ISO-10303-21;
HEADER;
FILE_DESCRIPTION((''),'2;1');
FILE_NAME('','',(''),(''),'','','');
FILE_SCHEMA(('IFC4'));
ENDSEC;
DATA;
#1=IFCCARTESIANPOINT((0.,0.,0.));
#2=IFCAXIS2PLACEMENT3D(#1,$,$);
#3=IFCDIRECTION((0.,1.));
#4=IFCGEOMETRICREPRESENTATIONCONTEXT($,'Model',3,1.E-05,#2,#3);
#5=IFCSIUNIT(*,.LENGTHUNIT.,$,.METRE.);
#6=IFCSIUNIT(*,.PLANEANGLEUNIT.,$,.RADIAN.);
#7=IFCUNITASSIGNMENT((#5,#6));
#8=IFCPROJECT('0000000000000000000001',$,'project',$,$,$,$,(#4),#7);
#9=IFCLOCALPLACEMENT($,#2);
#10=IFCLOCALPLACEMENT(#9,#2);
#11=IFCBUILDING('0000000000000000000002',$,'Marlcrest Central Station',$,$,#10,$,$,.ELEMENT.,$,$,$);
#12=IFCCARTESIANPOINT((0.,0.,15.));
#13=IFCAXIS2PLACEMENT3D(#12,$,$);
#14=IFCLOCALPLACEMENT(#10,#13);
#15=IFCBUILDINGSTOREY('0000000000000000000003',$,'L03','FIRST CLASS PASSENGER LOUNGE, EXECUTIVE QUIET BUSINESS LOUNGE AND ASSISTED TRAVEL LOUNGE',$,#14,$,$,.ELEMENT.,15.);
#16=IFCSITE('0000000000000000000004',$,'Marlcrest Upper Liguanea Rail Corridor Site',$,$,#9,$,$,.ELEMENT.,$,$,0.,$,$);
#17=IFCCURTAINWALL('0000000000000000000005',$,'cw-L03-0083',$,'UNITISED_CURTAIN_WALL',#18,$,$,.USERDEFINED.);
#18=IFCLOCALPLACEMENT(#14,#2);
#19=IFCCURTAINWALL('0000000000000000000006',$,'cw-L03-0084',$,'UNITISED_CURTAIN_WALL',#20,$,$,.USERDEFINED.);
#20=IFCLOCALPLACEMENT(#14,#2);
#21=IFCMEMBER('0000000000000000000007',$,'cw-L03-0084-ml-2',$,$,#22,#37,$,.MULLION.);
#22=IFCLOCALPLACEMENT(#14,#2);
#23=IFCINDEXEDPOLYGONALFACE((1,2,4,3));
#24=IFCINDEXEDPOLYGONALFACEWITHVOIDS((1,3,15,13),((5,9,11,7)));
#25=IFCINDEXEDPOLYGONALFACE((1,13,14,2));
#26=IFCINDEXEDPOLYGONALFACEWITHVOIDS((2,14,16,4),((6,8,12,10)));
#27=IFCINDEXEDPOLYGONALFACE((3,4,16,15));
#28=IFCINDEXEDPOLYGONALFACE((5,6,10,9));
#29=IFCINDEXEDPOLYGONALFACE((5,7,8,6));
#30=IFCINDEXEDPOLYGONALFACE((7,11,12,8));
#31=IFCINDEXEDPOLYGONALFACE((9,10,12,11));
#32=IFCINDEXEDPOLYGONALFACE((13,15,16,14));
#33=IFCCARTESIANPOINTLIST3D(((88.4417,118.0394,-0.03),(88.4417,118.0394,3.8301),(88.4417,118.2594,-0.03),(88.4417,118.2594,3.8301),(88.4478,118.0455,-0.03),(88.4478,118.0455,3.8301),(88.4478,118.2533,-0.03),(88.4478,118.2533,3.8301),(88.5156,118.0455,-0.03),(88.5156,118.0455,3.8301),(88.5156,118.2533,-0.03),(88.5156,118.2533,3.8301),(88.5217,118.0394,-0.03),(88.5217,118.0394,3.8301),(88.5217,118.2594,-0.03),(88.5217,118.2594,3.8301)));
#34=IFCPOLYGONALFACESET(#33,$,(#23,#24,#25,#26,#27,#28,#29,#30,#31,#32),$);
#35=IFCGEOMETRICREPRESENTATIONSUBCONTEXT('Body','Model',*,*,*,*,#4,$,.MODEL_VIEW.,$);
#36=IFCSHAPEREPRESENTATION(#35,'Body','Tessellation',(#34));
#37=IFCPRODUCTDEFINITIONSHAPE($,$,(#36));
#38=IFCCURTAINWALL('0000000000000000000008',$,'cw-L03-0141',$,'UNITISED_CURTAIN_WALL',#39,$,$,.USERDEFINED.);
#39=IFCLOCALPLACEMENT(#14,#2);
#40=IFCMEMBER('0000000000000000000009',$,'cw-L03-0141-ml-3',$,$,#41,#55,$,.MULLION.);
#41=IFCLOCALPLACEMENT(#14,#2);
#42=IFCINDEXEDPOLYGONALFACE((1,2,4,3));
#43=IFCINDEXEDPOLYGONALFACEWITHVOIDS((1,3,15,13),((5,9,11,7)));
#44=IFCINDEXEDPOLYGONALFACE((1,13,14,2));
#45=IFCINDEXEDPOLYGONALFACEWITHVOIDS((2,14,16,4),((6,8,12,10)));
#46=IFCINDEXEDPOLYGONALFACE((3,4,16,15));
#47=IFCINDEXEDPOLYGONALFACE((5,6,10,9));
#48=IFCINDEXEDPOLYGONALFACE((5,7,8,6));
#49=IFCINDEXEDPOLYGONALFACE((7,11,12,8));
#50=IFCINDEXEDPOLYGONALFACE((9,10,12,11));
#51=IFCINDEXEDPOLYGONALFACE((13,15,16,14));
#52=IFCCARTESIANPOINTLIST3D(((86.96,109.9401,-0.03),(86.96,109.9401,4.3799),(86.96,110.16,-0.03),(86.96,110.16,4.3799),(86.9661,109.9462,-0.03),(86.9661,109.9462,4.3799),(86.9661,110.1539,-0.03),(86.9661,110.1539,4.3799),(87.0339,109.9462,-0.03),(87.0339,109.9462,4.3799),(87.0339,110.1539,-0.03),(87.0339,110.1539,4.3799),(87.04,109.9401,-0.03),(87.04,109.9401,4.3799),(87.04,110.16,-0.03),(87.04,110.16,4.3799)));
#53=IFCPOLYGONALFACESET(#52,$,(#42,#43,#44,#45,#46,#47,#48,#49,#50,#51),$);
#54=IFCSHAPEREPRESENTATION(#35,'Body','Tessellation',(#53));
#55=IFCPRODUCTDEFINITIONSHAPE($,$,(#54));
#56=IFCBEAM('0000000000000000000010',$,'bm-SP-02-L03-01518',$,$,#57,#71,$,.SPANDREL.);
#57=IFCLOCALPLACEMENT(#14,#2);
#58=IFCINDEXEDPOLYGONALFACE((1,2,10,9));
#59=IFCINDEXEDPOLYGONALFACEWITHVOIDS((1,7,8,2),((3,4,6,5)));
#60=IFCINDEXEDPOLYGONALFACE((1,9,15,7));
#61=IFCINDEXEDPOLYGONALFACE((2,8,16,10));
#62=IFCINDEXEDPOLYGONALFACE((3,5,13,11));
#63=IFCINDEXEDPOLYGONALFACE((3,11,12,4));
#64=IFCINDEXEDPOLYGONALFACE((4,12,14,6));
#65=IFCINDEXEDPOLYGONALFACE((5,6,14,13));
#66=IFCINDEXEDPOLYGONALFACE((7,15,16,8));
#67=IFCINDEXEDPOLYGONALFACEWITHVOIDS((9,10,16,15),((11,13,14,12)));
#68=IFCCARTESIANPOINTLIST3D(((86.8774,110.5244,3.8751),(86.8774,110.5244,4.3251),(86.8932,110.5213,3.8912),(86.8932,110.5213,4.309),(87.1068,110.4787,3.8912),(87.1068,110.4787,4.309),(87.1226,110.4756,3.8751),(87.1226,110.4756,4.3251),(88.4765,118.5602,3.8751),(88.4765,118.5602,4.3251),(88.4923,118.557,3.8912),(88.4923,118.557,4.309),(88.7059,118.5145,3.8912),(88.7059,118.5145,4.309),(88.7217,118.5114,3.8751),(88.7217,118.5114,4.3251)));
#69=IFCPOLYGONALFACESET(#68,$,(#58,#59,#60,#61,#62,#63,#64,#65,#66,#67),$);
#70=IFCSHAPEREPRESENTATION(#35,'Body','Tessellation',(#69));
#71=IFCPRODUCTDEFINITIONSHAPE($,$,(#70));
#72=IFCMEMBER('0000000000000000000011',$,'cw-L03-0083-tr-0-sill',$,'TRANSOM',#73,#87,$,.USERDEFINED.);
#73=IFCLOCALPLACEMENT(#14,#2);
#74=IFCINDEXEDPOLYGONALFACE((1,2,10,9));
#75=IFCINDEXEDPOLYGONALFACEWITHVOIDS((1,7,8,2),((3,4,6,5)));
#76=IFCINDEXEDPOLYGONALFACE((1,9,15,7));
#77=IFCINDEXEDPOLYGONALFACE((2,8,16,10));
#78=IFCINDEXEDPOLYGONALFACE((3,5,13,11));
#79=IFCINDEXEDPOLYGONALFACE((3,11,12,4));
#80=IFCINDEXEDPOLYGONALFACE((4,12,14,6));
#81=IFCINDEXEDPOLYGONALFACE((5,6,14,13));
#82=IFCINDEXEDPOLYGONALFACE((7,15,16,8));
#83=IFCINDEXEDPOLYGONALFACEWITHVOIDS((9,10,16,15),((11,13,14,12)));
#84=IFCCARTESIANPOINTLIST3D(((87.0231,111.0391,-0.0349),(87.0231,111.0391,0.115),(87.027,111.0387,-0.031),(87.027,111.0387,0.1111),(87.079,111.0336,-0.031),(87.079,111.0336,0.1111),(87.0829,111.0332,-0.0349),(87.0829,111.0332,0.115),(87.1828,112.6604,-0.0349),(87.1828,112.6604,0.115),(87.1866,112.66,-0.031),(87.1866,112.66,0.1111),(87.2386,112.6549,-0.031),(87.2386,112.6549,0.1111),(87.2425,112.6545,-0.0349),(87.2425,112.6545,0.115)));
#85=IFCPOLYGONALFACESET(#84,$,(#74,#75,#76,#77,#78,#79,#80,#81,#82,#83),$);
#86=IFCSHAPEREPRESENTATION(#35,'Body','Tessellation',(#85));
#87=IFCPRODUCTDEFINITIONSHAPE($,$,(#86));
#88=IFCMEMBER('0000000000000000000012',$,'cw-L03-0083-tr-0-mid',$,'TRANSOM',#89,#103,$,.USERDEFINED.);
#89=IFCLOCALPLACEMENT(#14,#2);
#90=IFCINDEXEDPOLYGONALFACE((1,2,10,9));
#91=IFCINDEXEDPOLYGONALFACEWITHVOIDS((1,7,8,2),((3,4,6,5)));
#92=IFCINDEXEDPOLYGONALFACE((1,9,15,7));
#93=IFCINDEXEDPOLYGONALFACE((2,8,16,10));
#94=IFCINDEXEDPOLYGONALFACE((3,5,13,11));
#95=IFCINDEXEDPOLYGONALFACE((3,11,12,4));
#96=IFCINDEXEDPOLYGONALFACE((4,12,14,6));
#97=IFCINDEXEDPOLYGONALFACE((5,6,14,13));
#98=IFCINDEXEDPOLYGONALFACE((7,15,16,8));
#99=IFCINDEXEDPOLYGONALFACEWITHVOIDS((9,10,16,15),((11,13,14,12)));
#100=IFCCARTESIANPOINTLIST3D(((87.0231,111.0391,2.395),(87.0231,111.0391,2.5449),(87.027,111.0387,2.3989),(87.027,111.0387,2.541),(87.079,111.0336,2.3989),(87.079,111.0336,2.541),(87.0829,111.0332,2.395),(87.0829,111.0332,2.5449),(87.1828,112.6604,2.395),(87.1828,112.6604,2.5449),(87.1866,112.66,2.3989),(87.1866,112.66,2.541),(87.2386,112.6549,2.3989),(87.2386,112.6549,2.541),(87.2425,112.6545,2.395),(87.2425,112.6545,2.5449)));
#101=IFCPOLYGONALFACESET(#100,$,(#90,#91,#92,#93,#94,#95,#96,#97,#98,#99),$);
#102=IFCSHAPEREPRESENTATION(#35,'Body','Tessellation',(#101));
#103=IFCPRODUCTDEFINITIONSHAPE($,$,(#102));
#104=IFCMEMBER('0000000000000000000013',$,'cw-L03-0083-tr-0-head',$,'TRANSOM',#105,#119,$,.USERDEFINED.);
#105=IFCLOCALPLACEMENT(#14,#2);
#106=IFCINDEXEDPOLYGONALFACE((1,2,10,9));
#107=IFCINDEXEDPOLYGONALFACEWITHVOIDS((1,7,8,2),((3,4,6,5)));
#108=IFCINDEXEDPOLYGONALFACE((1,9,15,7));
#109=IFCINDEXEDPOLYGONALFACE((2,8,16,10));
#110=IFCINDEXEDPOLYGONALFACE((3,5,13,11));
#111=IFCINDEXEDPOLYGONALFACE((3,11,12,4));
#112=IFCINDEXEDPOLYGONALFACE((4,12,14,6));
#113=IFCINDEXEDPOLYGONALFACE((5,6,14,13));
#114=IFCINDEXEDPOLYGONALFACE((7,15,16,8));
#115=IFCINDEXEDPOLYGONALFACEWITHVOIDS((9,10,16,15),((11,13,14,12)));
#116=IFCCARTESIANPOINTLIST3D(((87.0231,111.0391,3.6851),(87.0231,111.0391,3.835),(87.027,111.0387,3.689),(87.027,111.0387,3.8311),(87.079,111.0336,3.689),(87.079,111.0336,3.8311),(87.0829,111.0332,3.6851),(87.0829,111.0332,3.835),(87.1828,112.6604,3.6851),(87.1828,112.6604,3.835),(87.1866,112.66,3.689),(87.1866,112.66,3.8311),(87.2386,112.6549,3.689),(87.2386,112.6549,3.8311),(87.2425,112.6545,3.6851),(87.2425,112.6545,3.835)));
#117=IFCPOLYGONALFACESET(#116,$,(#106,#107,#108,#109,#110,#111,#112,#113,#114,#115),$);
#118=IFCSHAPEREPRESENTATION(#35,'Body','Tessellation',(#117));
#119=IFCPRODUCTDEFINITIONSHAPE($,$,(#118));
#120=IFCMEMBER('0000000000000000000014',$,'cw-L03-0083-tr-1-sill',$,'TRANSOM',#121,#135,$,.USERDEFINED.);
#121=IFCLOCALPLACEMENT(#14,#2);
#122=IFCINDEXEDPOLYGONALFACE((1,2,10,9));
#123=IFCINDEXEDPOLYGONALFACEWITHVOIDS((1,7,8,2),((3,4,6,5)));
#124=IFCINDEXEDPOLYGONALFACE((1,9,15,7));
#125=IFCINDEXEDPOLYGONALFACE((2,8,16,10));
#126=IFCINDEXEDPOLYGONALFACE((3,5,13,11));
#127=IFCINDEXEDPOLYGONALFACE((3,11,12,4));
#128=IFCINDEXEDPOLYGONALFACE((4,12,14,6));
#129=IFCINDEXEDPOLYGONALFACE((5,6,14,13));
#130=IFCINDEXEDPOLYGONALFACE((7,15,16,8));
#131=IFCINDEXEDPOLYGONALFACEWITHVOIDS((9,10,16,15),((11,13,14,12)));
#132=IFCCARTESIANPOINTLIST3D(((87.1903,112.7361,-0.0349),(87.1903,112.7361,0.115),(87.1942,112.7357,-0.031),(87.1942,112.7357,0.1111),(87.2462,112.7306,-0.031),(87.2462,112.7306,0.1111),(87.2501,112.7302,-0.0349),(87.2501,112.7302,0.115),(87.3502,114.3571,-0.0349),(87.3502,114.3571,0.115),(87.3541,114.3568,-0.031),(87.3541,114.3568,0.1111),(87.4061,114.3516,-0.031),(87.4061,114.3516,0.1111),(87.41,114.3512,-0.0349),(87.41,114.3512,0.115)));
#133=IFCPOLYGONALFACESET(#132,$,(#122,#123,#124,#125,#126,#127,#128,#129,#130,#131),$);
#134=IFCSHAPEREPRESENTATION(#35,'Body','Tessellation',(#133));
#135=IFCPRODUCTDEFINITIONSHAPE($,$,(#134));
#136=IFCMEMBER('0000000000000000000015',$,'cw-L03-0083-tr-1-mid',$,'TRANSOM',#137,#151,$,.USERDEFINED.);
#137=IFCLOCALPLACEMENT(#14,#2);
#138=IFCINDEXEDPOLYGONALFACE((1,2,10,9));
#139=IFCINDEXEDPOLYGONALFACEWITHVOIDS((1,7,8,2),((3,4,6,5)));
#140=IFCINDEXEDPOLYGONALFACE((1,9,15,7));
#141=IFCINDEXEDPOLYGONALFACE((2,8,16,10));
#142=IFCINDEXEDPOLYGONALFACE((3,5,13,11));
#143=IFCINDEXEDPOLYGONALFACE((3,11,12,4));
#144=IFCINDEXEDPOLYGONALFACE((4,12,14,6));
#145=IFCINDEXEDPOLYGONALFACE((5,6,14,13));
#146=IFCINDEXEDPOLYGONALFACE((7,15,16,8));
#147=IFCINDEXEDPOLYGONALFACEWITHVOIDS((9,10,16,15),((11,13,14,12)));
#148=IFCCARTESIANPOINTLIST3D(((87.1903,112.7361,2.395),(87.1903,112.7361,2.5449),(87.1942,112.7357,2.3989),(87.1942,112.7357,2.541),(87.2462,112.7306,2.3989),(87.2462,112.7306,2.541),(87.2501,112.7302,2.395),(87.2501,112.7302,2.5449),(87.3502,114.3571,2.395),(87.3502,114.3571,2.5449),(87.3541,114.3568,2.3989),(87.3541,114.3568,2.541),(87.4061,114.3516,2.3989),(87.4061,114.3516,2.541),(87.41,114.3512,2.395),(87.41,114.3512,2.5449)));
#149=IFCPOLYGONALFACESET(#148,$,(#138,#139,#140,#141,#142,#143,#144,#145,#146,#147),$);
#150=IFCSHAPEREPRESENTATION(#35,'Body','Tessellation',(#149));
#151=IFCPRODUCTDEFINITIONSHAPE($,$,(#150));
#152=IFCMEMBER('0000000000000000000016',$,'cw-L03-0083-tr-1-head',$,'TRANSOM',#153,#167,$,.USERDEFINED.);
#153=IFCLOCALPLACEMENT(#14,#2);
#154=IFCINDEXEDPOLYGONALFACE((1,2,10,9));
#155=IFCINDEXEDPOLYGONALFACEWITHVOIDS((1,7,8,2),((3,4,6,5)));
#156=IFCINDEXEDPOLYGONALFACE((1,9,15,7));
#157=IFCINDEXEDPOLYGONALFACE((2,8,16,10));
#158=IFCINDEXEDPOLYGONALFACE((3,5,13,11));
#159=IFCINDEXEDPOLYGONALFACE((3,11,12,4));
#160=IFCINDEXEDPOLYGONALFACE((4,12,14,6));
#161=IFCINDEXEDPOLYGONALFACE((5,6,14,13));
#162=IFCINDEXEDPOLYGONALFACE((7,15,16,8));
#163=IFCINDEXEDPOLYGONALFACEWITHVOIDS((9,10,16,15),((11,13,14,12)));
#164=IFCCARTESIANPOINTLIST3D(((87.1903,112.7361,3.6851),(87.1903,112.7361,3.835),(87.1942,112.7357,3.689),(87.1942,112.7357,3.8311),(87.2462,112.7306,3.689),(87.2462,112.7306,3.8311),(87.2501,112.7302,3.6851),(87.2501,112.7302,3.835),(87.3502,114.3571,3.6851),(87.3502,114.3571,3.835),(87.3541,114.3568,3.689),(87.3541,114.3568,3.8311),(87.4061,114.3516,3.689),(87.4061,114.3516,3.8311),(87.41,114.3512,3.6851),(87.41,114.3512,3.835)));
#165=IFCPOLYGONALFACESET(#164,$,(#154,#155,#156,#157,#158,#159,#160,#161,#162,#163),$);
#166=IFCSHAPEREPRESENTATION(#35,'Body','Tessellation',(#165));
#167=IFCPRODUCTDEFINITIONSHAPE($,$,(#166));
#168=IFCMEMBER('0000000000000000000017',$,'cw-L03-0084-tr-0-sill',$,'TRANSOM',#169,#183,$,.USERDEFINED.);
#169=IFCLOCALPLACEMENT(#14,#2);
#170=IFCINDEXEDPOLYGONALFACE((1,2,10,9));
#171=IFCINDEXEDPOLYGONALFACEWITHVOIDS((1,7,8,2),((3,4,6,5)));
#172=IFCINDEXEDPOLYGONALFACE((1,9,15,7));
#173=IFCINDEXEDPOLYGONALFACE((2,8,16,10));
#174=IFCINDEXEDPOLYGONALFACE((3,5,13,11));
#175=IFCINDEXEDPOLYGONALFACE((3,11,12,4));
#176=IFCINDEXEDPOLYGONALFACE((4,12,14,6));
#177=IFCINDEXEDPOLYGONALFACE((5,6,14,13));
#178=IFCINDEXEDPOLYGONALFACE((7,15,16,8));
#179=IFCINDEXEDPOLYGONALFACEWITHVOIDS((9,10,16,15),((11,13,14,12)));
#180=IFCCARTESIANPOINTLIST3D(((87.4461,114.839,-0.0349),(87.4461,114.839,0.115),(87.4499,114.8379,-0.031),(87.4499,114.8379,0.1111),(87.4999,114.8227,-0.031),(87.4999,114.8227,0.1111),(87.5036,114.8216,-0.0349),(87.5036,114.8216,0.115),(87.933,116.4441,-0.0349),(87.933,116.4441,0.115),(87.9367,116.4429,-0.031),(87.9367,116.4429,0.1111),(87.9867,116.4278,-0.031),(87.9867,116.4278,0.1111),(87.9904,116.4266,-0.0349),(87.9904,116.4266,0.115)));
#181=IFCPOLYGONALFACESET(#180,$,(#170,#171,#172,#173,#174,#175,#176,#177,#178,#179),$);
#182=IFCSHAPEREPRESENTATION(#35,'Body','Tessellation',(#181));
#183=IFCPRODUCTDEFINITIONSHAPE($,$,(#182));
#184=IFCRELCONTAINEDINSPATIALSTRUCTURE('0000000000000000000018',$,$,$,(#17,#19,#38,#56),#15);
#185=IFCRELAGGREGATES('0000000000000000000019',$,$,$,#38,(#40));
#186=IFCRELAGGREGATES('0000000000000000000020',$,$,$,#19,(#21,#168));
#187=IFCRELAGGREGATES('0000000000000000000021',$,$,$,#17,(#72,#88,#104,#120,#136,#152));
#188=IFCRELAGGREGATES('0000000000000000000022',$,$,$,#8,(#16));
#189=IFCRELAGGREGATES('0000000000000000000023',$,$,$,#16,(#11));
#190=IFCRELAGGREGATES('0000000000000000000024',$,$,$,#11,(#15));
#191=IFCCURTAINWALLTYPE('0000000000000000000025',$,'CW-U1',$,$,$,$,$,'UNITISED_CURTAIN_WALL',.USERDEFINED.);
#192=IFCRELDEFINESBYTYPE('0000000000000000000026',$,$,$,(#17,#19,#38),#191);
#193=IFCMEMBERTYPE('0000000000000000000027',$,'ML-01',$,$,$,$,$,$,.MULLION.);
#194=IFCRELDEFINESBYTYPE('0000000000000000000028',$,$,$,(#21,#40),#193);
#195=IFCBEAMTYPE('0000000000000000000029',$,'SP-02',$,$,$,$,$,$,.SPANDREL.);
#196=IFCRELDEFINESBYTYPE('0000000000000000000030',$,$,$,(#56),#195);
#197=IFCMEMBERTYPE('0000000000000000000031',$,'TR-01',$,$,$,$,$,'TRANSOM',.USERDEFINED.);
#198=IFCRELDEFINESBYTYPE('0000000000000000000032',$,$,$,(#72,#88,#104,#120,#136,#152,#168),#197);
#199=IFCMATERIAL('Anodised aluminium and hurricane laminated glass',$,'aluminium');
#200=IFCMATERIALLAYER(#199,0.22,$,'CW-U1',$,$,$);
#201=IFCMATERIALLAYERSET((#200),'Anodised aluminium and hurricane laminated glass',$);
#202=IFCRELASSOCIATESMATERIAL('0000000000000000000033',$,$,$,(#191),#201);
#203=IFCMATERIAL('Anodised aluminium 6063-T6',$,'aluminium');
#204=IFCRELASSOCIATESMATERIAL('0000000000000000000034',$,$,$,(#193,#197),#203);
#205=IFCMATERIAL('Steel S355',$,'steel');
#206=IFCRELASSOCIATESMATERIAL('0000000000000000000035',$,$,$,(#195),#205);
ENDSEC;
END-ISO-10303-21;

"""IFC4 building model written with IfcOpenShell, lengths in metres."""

from ifc_helpers import new_model, si_unit, direction, frame, origin, origin_2d, place, context, subcontext, project, spatial, hollow_rectangle, extrude, material, layer, layer_set, material_profile, profile_set, type_object, element, aggregate, save


model = new_model("IFC4")

# Units and contexts
model_context = context("Model", 3, precision=1e-05, world=origin(), true_north=direction((0.0, 1.0)))
body_context = subcontext(model_context, "Body", "Model", "MODEL_VIEW")
ifc_project = project(units=[si_unit("LENGTHUNIT", "METRE"), si_unit("PLANEANGLEUNIT", "RADIAN")], contexts=[model_context])

# Site, building, storey
site_placement = place(None, origin())
site = spatial("IfcSite", under=ifc_project, at=site_placement, Name="Marlcrest Upper Liguanea Rail Corridor Site", CompositionType="ELEMENT", RefElevation=0.0)
building_placement = place(site_placement, origin())
building = spatial("IfcBuilding", under=site, at=building_placement, Name="Marlcrest Central Station", CompositionType="ELEMENT")
storey_placement = place(building_placement, frame((0.0, 0.0, 15.0)))
storey = spatial("IfcBuildingStorey", under=building, at=storey_placement, Name="L03", Description="FIRST CLASS PASSENGER LOUNGE, EXECUTIVE QUIET BUSINESS LOUNGE AND ASSISTED TRAVEL LOUNGE", CompositionType="ELEMENT", Elevation=15.0)

# Shared definitions
ifc_material_1 = material(Name="Steel S355", Category="steel")

# Curtain walls, member
ifc_material_2 = material(Name="Anodised aluminium and hurricane laminated glass", Category="aluminium")
ifc_layer_1 = layer(ifc_material_2, 0.22, Name="CW-U1")
ifc_layer_set_1 = layer_set([ifc_layer_1], Name="Anodised aluminium and hurricane laminated glass")
curtain_wall_type = type_object("IfcCurtainWallType", Name="CW-U1", ElementType="UNITISED_CURTAIN_WALL", PredefinedType="USERDEFINED", material=ifc_layer_set_1)
curtain_wall_1_placement = place(storey_placement, origin())
curtain_wall_1 = element("IfcCurtainWall", 1, at=curtain_wall_1_placement, inside=storey, type_object=curtain_wall_type, Name="cw-L03-0083", ObjectType="UNITISED_CURTAIN_WALL", PredefinedType="USERDEFINED")
ifc_material_3 = material(Name="Anodised aluminium 6063-T6", Category="aluminium")
ifc_material_profile_1 = material_profile(ifc_material_3, hollow_rectangle(XDim=0.0801, YDim=0.22, WallThickness=0.0061, at=origin_2d()), Name="AA-RHS 220x80x6")
ifc_profile_set_1 = profile_set([ifc_material_profile_1], Name="Anodised aluminium 6063-T6")
member_type_1 = type_object("IfcMemberType", Name="ML-01", PredefinedType="MULLION", material=ifc_profile_set_1)
curtain_wall_2_placement = place(storey_placement, origin())
curtain_wall_2 = element("IfcCurtainWall", 2, at=curtain_wall_2_placement, inside=storey, type_object=curtain_wall_type, Name="cw-L03-0084", ObjectType="UNITISED_CURTAIN_WALL", PredefinedType="USERDEFINED")
member_1_placement = place(storey_placement, frame((88.4817, 118.1494, -0.03), z_axis=(0.0, 0.0, 1.0), x_axis=(1.0, 0.0, 0.0)))
member_1 = element("IfcMember", 3, at=member_1_placement, type_object=member_type_1, Name="cw-L03-0084-ml-2", PredefinedType="MULLION", context=body_context, shape_type="SweptSolid", body=[
    extrude(hollow_rectangle(XDim=0.0801, YDim=0.22, WallThickness=0.0061, at=origin_2d()), origin(), (0.0, 0.0, 1.0), 3.8601),
])

# Curtain wall, member
curtain_wall_3_placement = place(storey_placement, origin())
curtain_wall_3 = element("IfcCurtainWall", 4, at=curtain_wall_3_placement, inside=storey, type_object=curtain_wall_type, Name="cw-L03-0141", ObjectType="UNITISED_CURTAIN_WALL", PredefinedType="USERDEFINED")
member_2_placement = place(storey_placement, frame((87.0, 110.05, -0.03), z_axis=(0.0, 0.0, 1.0), x_axis=(1.0, 0.0, 0.0)))
member_2 = element("IfcMember", 5, at=member_2_placement, type_object=member_type_1, Name="cw-L03-0141-ml-3", PredefinedType="MULLION", context=body_context, shape_type="SweptSolid", body=[
    extrude(hollow_rectangle(XDim=0.0801, YDim=0.22, WallThickness=0.0061, at=origin_2d()), origin(), (0.0, 0.0, 1.0), 4.4099),
])
aggregate(curtain_wall_3, [member_2])

# Beam
ifc_material_profile_2 = material_profile(ifc_material_1, hollow_rectangle(XDim=0.25, YDim=0.45, WallThickness=0.0161, at=origin_2d()), Name="RHS 450x250x16")
ifc_profile_set_2 = profile_set([ifc_material_profile_2], Name="Steel S355")
beam_type_1 = type_object("IfcBeamType", Name="SP-02", PredefinedType="SPANDREL", material=ifc_profile_set_2)
beam_1_placement = place(storey_placement, frame((87.0, 110.5, 4.1001), z_axis=(0.195171, 0.980769, 0.0), x_axis=(-0.980769, 0.195171, 0.0)))
element("IfcBeam", 6, at=beam_1_placement, inside=storey, type_object=beam_type_1, Name="bm-SP-02-L03-01518", PredefinedType="SPANDREL", context=body_context, shape_type="SweptSolid", body=[
    extrude(hollow_rectangle(XDim=0.25, YDim=0.45, WallThickness=0.0161, at=origin_2d()), origin(), (0.0, 0.0, 1.0), 8.1934),
])

# Members
ifc_material_profile_3 = material_profile(ifc_material_3, hollow_rectangle(XDim=0.0601, YDim=0.1499, WallThickness=0.0039, at=origin_2d()), Name="AA-RHS 150x60x4")
ifc_profile_set_3 = profile_set([ifc_material_profile_3], Name="Anodised aluminium 6063-T6")
member_type_2 = type_object("IfcMemberType", Name="TR-01", ElementType="TRANSOM", PredefinedType="USERDEFINED", material=ifc_profile_set_3)
member_3_placement = place(storey_placement, frame((87.053, 111.0361, 0.04), z_axis=(0.098005, 0.995186, 0.0), x_axis=(-0.995186, 0.098005, 0.0)))
member_3 = element("IfcMember", 7, at=member_3_placement, type_object=member_type_2, Name="cw-L03-0083-tr-0-sill", ObjectType="TRANSOM", PredefinedType="USERDEFINED", context=body_context, shape_type="SweptSolid", body=[
    extrude(hollow_rectangle(XDim=0.0601, YDim=0.1499, WallThickness=0.0039, at=origin_2d()), origin(), (0.0, 0.0, 1.0), 1.6292),
])
member_4_placement = place(storey_placement, frame((87.053, 111.0361, 2.47), z_axis=(0.098005, 0.995186, 0.0), x_axis=(-0.995186, 0.098005, 0.0)))
member_4 = element("IfcMember", 8, at=member_4_placement, type_object=member_type_2, Name="cw-L03-0083-tr-0-mid", ObjectType="TRANSOM", PredefinedType="USERDEFINED", context=body_context, shape_type="SweptSolid", body=[
    extrude(hollow_rectangle(XDim=0.0601, YDim=0.1499, WallThickness=0.0039, at=origin_2d()), origin(), (0.0, 0.0, 1.0), 1.6292),
])
member_5_placement = place(storey_placement, frame((87.053, 111.0361, 3.76), z_axis=(0.098005, 0.995186, 0.0), x_axis=(-0.995186, 0.098005, 0.0)))
member_5 = element("IfcMember", 9, at=member_5_placement, type_object=member_type_2, Name="cw-L03-0083-tr-0-head", ObjectType="TRANSOM", PredefinedType="USERDEFINED", context=body_context, shape_type="SweptSolid", body=[
    extrude(hollow_rectangle(XDim=0.0601, YDim=0.1499, WallThickness=0.0039, at=origin_2d()), origin(), (0.0, 0.0, 1.0), 1.6292),
])
member_6_placement = place(storey_placement, frame((87.2202, 112.7332, 0.04), z_axis=(0.098168, 0.99517, 0.0), x_axis=(-0.99517, 0.098168, 0.0)))
member_6 = element("IfcMember", 10, at=member_6_placement, type_object=member_type_2, Name="cw-L03-0083-tr-1-sill", ObjectType="TRANSOM", PredefinedType="USERDEFINED", context=body_context, shape_type="SweptSolid", body=[
    extrude(hollow_rectangle(XDim=0.0601, YDim=0.1499, WallThickness=0.0039, at=origin_2d()), origin(), (0.0, 0.0, 1.0), 1.6289),
])
member_7_placement = place(storey_placement, frame((87.2202, 112.7332, 2.47), z_axis=(0.098168, 0.99517, 0.0), x_axis=(-0.99517, 0.098168, 0.0)))
member_7 = element("IfcMember", 11, at=member_7_placement, type_object=member_type_2, Name="cw-L03-0083-tr-1-mid", ObjectType="TRANSOM", PredefinedType="USERDEFINED", context=body_context, shape_type="SweptSolid", body=[
    extrude(hollow_rectangle(XDim=0.0601, YDim=0.1499, WallThickness=0.0039, at=origin_2d()), origin(), (0.0, 0.0, 1.0), 1.6289),
])
member_8_placement = place(storey_placement, frame((87.2202, 112.7332, 3.76), z_axis=(0.098168, 0.99517, 0.0), x_axis=(-0.99517, 0.098168, 0.0)))
member_8 = element("IfcMember", 12, at=member_8_placement, type_object=member_type_2, Name="cw-L03-0083-tr-1-head", ObjectType="TRANSOM", PredefinedType="USERDEFINED", context=body_context, shape_type="SweptSolid", body=[
    extrude(hollow_rectangle(XDim=0.0601, YDim=0.1499, WallThickness=0.0039, at=origin_2d()), origin(), (0.0, 0.0, 1.0), 1.6289),
])
member_9_placement = place(storey_placement, frame((87.4749, 114.8303, 0.04), z_axis=(0.290258, 0.956948, 0.0), x_axis=(-0.956948, 0.290258, 0.0)))
member_9 = element("IfcMember", 13, at=member_9_placement, type_object=member_type_2, Name="cw-L03-0084-tr-0-sill", ObjectType="TRANSOM", PredefinedType="USERDEFINED", context=body_context, shape_type="SweptSolid", body=[
    extrude(hollow_rectangle(XDim=0.0601, YDim=0.1499, WallThickness=0.0039, at=origin_2d()), origin(), (0.0, 0.0, 1.0), 1.6772),
])

aggregate(curtain_wall_2, [member_1, member_9])
aggregate(curtain_wall_1, [member_3, member_4, member_5, member_6, member_7, member_8])

save(model, "model.ifc")
